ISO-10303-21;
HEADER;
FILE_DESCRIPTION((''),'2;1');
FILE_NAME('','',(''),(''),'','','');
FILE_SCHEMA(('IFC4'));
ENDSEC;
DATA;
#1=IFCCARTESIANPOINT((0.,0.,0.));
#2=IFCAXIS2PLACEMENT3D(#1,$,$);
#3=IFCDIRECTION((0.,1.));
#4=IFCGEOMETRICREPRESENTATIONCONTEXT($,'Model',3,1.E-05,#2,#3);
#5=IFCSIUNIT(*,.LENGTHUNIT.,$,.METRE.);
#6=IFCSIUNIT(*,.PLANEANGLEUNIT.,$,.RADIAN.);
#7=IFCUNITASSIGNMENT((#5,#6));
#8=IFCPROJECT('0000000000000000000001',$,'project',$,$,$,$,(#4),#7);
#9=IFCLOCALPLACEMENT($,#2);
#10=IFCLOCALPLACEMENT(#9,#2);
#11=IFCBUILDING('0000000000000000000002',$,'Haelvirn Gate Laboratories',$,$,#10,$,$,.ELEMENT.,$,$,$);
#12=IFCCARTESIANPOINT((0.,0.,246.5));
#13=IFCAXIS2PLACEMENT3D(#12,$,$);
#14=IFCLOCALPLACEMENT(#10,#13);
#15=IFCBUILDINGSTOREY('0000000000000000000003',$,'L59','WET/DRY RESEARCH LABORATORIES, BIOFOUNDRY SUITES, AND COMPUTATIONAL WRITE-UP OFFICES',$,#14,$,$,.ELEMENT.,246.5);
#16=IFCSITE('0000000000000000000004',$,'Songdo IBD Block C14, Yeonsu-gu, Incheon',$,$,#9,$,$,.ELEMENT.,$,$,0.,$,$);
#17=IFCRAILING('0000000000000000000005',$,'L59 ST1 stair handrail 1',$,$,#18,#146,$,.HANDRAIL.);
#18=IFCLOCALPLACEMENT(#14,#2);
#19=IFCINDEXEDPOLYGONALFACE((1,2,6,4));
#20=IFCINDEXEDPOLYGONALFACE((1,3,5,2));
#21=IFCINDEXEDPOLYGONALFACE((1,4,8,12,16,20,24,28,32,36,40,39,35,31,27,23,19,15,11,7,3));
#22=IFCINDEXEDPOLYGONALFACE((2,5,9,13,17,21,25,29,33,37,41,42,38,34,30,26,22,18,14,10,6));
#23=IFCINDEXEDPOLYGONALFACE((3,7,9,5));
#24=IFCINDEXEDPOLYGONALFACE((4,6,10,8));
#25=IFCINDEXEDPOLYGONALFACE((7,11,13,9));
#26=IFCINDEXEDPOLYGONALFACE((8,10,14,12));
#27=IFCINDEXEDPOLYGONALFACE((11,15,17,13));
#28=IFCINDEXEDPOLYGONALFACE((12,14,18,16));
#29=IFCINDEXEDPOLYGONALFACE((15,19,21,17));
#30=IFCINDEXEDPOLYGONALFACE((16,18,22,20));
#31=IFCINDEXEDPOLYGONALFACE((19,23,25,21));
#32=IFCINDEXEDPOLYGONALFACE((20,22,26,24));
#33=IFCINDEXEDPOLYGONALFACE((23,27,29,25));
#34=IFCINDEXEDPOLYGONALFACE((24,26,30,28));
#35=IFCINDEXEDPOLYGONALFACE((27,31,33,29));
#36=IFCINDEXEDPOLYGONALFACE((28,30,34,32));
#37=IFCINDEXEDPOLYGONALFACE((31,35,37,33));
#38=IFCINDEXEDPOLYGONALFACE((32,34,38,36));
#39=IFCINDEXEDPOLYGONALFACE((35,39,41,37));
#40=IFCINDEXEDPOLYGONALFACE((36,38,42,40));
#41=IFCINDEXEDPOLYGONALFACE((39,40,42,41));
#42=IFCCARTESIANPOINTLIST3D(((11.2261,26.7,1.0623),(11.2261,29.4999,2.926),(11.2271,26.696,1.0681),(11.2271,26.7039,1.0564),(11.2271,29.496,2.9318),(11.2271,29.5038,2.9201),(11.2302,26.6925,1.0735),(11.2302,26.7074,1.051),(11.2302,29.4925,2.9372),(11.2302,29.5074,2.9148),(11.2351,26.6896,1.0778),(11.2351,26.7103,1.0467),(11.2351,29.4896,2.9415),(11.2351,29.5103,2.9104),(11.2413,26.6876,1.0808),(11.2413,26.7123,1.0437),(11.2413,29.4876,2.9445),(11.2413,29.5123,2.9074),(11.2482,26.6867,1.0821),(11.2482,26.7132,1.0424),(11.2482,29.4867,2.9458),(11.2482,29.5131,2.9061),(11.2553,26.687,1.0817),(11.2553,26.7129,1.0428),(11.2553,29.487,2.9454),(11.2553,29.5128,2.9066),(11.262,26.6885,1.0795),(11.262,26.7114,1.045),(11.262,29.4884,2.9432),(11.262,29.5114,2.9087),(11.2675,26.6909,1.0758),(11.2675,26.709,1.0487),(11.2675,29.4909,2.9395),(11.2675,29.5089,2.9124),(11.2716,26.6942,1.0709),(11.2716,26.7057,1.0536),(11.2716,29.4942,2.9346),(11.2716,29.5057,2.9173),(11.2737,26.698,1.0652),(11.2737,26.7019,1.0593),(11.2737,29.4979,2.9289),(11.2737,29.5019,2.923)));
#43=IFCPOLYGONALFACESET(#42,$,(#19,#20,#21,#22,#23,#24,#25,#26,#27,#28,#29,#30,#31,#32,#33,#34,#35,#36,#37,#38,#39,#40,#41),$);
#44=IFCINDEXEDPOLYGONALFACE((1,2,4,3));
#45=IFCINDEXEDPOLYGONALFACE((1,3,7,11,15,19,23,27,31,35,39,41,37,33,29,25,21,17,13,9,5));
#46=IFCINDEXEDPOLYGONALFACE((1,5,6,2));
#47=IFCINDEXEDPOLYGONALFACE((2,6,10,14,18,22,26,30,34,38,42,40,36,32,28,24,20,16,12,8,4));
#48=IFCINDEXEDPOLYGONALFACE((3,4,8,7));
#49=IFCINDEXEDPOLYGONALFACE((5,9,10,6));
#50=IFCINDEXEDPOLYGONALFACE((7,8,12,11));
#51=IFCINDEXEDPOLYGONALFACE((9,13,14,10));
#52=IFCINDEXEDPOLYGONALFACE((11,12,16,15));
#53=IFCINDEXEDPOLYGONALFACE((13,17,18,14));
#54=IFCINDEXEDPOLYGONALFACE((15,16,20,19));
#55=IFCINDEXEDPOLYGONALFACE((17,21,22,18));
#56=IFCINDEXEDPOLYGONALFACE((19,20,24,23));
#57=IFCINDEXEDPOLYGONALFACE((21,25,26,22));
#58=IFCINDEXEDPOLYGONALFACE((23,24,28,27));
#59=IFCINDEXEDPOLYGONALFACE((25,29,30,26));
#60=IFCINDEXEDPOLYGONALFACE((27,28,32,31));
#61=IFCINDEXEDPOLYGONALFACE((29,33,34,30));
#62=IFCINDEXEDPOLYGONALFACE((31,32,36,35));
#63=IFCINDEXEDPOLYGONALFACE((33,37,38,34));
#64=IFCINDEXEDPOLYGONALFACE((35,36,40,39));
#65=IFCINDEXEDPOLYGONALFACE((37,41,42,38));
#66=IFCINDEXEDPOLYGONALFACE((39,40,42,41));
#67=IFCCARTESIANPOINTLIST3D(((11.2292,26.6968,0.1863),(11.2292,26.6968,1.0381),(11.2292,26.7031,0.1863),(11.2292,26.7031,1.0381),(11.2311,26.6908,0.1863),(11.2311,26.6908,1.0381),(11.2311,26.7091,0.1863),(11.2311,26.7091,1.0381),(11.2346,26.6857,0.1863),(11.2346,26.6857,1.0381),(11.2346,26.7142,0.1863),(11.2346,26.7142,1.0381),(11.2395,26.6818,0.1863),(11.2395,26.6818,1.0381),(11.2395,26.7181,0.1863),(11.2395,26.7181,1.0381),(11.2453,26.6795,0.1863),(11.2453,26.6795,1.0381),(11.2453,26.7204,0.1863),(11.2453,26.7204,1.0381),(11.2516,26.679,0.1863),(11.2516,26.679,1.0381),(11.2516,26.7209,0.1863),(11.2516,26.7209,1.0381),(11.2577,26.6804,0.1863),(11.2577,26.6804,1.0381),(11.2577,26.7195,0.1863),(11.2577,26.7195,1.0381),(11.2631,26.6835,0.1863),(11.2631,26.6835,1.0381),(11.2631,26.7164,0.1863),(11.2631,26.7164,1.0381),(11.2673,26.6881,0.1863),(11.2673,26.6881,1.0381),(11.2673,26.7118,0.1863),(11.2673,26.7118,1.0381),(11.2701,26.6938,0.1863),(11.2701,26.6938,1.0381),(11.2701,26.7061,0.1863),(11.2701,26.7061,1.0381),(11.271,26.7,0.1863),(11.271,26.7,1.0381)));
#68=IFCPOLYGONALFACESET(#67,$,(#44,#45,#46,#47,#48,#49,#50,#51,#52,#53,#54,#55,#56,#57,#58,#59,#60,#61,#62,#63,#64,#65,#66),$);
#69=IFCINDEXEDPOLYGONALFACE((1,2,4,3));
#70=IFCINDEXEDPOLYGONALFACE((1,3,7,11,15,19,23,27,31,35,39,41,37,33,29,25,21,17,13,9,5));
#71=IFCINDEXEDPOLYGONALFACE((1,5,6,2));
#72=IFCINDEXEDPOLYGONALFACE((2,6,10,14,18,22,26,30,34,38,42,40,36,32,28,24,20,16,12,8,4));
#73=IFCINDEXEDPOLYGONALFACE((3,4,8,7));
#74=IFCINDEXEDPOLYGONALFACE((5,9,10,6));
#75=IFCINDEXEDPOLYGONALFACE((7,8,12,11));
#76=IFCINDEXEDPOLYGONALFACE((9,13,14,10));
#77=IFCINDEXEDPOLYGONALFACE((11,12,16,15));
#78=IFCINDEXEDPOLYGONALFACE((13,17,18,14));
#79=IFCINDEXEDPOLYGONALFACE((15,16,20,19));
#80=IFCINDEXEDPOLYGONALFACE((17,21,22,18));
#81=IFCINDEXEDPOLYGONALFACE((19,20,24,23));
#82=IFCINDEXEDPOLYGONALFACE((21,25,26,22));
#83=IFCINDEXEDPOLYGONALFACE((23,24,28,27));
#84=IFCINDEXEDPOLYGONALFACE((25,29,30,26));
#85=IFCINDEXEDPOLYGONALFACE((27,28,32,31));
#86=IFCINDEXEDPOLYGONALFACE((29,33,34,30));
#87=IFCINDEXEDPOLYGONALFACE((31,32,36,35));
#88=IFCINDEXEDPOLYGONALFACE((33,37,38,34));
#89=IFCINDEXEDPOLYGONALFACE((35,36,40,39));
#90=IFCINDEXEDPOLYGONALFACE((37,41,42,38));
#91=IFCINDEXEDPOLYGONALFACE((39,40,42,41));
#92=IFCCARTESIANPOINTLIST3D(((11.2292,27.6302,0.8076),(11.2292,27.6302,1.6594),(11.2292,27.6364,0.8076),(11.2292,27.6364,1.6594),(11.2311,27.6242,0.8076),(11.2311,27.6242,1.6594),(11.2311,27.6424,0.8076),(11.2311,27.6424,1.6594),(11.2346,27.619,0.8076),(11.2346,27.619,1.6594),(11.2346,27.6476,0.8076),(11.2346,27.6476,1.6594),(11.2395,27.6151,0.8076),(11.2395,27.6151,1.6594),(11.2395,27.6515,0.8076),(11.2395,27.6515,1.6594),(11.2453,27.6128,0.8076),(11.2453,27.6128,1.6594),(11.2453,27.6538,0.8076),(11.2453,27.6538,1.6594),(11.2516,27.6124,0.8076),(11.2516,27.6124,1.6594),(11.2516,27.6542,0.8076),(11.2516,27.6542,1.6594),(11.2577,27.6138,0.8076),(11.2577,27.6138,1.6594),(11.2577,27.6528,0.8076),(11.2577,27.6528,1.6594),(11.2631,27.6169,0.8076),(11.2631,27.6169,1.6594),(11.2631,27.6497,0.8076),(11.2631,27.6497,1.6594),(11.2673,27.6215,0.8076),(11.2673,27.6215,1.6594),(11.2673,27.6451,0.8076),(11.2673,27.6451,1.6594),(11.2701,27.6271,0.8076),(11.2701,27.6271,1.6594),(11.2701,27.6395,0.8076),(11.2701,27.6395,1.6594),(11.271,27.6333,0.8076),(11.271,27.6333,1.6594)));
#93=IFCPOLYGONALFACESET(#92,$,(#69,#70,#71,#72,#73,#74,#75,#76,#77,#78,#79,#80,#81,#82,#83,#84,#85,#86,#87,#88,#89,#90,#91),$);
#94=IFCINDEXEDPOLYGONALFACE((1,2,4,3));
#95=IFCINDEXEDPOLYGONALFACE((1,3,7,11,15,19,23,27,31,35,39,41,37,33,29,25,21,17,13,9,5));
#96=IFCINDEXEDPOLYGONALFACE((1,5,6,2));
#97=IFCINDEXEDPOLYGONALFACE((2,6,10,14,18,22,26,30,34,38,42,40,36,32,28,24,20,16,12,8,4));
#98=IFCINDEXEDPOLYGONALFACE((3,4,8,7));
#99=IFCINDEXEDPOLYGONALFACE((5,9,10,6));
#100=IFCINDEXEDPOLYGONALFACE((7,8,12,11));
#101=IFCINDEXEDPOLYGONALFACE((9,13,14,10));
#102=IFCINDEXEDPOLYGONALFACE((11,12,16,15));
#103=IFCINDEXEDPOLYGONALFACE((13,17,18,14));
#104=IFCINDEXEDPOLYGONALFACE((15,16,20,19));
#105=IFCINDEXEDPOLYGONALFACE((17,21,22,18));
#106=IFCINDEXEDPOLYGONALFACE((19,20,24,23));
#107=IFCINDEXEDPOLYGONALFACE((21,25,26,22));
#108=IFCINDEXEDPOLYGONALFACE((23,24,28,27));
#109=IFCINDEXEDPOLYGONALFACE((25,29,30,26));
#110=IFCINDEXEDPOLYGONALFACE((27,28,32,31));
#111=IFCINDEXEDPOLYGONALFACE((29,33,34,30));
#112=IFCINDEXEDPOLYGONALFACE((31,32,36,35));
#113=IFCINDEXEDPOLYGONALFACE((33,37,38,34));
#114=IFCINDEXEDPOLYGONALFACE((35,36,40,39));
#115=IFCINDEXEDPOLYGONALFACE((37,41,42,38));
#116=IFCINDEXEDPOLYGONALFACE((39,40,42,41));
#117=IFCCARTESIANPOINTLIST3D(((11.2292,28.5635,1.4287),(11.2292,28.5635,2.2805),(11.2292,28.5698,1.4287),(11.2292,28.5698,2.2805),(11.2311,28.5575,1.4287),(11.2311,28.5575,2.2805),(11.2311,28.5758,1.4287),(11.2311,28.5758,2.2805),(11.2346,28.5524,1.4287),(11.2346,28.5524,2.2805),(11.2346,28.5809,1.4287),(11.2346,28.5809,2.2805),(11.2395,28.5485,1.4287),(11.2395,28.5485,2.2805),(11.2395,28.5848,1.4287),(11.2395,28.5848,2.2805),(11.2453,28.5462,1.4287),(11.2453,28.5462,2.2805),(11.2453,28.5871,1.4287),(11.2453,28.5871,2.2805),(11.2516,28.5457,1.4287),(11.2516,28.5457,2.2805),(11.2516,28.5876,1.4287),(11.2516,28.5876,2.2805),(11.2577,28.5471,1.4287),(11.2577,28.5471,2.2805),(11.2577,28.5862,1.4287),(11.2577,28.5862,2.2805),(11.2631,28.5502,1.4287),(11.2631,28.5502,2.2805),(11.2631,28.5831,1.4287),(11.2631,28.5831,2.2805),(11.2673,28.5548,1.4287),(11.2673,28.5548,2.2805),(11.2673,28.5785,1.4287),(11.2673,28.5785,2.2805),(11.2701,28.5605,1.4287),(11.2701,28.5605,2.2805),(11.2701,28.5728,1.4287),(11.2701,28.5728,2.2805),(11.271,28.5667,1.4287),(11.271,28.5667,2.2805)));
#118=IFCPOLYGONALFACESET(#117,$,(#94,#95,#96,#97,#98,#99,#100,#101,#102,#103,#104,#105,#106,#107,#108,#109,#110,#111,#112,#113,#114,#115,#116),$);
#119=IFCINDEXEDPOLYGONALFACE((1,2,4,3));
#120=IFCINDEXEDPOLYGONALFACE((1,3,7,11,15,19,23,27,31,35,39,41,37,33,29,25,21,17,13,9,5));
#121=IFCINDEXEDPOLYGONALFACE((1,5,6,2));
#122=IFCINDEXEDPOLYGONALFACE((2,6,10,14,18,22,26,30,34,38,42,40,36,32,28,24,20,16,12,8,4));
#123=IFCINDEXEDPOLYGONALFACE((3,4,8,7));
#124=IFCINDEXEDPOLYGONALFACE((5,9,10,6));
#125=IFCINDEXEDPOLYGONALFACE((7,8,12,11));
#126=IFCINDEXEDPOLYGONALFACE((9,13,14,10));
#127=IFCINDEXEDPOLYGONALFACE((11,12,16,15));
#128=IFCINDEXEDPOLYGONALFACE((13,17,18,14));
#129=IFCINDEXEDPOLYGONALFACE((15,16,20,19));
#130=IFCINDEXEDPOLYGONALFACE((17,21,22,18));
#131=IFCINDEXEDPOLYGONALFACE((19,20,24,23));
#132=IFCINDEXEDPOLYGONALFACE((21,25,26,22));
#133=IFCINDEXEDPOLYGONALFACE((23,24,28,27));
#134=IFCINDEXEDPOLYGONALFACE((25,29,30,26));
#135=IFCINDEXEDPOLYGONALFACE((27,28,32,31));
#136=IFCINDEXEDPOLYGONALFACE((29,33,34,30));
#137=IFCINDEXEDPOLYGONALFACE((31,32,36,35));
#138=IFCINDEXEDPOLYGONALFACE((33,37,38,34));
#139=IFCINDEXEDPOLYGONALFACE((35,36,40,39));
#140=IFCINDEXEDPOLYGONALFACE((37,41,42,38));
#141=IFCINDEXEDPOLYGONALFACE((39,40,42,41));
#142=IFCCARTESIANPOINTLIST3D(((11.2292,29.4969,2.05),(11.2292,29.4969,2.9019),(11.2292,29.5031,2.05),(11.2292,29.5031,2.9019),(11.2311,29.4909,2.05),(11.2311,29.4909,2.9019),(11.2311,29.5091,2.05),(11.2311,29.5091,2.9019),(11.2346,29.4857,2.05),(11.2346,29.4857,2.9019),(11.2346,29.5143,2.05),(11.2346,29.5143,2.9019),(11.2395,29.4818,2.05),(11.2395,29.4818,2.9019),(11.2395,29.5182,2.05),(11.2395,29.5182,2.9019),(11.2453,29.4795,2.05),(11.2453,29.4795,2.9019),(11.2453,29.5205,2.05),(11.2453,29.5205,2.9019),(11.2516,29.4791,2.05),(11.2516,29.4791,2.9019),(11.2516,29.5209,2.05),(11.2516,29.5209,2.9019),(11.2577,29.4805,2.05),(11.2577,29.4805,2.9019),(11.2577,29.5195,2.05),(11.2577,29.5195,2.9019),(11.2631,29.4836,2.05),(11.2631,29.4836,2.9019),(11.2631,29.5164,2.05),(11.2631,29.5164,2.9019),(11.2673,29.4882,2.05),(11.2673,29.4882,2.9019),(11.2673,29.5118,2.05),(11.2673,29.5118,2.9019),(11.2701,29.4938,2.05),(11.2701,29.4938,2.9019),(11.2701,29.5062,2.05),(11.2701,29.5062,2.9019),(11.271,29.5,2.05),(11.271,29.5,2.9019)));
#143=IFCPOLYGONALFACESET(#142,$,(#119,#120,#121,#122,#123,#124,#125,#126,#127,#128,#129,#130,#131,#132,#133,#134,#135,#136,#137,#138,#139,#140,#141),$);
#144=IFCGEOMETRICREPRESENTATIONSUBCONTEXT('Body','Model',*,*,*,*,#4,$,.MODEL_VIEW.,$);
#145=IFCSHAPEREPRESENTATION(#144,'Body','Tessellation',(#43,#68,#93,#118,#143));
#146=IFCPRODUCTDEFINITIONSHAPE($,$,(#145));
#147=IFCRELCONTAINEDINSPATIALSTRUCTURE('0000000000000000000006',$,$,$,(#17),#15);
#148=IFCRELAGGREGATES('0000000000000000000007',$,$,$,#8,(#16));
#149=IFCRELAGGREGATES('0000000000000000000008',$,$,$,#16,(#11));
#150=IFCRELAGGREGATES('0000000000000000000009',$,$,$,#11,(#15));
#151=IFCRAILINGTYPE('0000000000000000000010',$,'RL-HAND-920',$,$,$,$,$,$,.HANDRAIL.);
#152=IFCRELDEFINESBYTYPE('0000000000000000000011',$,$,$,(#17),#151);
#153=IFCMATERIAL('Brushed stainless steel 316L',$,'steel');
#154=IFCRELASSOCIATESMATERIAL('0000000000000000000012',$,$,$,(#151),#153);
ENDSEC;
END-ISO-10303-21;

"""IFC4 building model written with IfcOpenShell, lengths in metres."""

from ifc_helpers import new_model, si_unit, direction, frame, origin, origin_2d, place, context, subcontext, project, spatial, circle, extrude, source, transform, mapped, material, type_object, element, save


model = new_model("IFC4")

# Units and contexts
model_context = context("Model", 3, precision=1e-05, world=origin(), true_north=direction((0.0, 1.0)))
body_context = subcontext(model_context, "Body", "Model", "MODEL_VIEW")
ifc_project = project(units=[si_unit("LENGTHUNIT", "METRE"), si_unit("PLANEANGLEUNIT", "RADIAN")], contexts=[model_context])

# Site, building, storey
site_placement = place(None, origin())
site = spatial("IfcSite", under=ifc_project, at=site_placement, Name="Songdo IBD Block C14, Yeonsu-gu, Incheon", CompositionType="ELEMENT", RefElevation=0.0)
building_placement = place(site_placement, origin())
building = spatial("IfcBuilding", under=site, at=building_placement, Name="Haelvirn Gate Laboratories", CompositionType="ELEMENT")
storey_placement = place(building_placement, frame((0.0, 0.0, 246.5)))
storey = spatial("IfcBuildingStorey", under=building, at=storey_placement, Name="L59", Description="WET/DRY RESEARCH LABORATORIES, BIOFOUNDRY SUITES, AND COMPUTATIONAL WRITE-UP OFFICES", CompositionType="ELEMENT", Elevation=246.5)

# Railing
ifc_material_1 = material(Name="Brushed stainless steel 316L", Category="steel")
railing_type_1 = type_object("IfcRailingType", Name="RL-HAND-920", PredefinedType="HANDRAIL", material=ifc_material_1)
shared_shape_1 = source(origin(), body_context, "Body", "SweptSolid", [
    extrude(circle(Radius=0.0239, at=origin_2d()), frame((0.0, 0.0, 0.876), z_axis=(0.0, 0.832452, 0.554097), x_axis=(-1.0, 0.0, 0.0)), (0.0, 0.0, 1.0), 3.3635),
    extrude(circle(Radius=0.021, at=origin_2d()), origin(), (0.0, 0.0, 1.0), 0.8518),
    extrude(circle(Radius=0.021, at=origin_2d()), frame((0.0, 0.9333, 0.6213)), (0.0, 0.0, 1.0), 0.8518),
    extrude(circle(Radius=0.021, at=origin_2d()), frame((0.0, 1.8667, 1.2424)), (0.0, 0.0, 1.0), 0.8518),
    extrude(circle(Radius=0.021, at=origin_2d()), frame((0.0, 2.8, 1.8638)), (0.0, 0.0, 1.0), 0.8518),
])
railing_1_placement = place(storey_placement, frame((11.25, 26.7, 0.1863)))
element("IfcRailing", 1, at=railing_1_placement, inside=storey, type_object=railing_type_1, Name="L59 ST1 stair handrail 1", PredefinedType="HANDRAIL", context=body_context, shape_type="MappedRepresentation", body=[
    mapped(shared_shape_1, transform((0.0, 0.0, 0.0), scale=1.0)),
])

save(model, "model.ifc")
